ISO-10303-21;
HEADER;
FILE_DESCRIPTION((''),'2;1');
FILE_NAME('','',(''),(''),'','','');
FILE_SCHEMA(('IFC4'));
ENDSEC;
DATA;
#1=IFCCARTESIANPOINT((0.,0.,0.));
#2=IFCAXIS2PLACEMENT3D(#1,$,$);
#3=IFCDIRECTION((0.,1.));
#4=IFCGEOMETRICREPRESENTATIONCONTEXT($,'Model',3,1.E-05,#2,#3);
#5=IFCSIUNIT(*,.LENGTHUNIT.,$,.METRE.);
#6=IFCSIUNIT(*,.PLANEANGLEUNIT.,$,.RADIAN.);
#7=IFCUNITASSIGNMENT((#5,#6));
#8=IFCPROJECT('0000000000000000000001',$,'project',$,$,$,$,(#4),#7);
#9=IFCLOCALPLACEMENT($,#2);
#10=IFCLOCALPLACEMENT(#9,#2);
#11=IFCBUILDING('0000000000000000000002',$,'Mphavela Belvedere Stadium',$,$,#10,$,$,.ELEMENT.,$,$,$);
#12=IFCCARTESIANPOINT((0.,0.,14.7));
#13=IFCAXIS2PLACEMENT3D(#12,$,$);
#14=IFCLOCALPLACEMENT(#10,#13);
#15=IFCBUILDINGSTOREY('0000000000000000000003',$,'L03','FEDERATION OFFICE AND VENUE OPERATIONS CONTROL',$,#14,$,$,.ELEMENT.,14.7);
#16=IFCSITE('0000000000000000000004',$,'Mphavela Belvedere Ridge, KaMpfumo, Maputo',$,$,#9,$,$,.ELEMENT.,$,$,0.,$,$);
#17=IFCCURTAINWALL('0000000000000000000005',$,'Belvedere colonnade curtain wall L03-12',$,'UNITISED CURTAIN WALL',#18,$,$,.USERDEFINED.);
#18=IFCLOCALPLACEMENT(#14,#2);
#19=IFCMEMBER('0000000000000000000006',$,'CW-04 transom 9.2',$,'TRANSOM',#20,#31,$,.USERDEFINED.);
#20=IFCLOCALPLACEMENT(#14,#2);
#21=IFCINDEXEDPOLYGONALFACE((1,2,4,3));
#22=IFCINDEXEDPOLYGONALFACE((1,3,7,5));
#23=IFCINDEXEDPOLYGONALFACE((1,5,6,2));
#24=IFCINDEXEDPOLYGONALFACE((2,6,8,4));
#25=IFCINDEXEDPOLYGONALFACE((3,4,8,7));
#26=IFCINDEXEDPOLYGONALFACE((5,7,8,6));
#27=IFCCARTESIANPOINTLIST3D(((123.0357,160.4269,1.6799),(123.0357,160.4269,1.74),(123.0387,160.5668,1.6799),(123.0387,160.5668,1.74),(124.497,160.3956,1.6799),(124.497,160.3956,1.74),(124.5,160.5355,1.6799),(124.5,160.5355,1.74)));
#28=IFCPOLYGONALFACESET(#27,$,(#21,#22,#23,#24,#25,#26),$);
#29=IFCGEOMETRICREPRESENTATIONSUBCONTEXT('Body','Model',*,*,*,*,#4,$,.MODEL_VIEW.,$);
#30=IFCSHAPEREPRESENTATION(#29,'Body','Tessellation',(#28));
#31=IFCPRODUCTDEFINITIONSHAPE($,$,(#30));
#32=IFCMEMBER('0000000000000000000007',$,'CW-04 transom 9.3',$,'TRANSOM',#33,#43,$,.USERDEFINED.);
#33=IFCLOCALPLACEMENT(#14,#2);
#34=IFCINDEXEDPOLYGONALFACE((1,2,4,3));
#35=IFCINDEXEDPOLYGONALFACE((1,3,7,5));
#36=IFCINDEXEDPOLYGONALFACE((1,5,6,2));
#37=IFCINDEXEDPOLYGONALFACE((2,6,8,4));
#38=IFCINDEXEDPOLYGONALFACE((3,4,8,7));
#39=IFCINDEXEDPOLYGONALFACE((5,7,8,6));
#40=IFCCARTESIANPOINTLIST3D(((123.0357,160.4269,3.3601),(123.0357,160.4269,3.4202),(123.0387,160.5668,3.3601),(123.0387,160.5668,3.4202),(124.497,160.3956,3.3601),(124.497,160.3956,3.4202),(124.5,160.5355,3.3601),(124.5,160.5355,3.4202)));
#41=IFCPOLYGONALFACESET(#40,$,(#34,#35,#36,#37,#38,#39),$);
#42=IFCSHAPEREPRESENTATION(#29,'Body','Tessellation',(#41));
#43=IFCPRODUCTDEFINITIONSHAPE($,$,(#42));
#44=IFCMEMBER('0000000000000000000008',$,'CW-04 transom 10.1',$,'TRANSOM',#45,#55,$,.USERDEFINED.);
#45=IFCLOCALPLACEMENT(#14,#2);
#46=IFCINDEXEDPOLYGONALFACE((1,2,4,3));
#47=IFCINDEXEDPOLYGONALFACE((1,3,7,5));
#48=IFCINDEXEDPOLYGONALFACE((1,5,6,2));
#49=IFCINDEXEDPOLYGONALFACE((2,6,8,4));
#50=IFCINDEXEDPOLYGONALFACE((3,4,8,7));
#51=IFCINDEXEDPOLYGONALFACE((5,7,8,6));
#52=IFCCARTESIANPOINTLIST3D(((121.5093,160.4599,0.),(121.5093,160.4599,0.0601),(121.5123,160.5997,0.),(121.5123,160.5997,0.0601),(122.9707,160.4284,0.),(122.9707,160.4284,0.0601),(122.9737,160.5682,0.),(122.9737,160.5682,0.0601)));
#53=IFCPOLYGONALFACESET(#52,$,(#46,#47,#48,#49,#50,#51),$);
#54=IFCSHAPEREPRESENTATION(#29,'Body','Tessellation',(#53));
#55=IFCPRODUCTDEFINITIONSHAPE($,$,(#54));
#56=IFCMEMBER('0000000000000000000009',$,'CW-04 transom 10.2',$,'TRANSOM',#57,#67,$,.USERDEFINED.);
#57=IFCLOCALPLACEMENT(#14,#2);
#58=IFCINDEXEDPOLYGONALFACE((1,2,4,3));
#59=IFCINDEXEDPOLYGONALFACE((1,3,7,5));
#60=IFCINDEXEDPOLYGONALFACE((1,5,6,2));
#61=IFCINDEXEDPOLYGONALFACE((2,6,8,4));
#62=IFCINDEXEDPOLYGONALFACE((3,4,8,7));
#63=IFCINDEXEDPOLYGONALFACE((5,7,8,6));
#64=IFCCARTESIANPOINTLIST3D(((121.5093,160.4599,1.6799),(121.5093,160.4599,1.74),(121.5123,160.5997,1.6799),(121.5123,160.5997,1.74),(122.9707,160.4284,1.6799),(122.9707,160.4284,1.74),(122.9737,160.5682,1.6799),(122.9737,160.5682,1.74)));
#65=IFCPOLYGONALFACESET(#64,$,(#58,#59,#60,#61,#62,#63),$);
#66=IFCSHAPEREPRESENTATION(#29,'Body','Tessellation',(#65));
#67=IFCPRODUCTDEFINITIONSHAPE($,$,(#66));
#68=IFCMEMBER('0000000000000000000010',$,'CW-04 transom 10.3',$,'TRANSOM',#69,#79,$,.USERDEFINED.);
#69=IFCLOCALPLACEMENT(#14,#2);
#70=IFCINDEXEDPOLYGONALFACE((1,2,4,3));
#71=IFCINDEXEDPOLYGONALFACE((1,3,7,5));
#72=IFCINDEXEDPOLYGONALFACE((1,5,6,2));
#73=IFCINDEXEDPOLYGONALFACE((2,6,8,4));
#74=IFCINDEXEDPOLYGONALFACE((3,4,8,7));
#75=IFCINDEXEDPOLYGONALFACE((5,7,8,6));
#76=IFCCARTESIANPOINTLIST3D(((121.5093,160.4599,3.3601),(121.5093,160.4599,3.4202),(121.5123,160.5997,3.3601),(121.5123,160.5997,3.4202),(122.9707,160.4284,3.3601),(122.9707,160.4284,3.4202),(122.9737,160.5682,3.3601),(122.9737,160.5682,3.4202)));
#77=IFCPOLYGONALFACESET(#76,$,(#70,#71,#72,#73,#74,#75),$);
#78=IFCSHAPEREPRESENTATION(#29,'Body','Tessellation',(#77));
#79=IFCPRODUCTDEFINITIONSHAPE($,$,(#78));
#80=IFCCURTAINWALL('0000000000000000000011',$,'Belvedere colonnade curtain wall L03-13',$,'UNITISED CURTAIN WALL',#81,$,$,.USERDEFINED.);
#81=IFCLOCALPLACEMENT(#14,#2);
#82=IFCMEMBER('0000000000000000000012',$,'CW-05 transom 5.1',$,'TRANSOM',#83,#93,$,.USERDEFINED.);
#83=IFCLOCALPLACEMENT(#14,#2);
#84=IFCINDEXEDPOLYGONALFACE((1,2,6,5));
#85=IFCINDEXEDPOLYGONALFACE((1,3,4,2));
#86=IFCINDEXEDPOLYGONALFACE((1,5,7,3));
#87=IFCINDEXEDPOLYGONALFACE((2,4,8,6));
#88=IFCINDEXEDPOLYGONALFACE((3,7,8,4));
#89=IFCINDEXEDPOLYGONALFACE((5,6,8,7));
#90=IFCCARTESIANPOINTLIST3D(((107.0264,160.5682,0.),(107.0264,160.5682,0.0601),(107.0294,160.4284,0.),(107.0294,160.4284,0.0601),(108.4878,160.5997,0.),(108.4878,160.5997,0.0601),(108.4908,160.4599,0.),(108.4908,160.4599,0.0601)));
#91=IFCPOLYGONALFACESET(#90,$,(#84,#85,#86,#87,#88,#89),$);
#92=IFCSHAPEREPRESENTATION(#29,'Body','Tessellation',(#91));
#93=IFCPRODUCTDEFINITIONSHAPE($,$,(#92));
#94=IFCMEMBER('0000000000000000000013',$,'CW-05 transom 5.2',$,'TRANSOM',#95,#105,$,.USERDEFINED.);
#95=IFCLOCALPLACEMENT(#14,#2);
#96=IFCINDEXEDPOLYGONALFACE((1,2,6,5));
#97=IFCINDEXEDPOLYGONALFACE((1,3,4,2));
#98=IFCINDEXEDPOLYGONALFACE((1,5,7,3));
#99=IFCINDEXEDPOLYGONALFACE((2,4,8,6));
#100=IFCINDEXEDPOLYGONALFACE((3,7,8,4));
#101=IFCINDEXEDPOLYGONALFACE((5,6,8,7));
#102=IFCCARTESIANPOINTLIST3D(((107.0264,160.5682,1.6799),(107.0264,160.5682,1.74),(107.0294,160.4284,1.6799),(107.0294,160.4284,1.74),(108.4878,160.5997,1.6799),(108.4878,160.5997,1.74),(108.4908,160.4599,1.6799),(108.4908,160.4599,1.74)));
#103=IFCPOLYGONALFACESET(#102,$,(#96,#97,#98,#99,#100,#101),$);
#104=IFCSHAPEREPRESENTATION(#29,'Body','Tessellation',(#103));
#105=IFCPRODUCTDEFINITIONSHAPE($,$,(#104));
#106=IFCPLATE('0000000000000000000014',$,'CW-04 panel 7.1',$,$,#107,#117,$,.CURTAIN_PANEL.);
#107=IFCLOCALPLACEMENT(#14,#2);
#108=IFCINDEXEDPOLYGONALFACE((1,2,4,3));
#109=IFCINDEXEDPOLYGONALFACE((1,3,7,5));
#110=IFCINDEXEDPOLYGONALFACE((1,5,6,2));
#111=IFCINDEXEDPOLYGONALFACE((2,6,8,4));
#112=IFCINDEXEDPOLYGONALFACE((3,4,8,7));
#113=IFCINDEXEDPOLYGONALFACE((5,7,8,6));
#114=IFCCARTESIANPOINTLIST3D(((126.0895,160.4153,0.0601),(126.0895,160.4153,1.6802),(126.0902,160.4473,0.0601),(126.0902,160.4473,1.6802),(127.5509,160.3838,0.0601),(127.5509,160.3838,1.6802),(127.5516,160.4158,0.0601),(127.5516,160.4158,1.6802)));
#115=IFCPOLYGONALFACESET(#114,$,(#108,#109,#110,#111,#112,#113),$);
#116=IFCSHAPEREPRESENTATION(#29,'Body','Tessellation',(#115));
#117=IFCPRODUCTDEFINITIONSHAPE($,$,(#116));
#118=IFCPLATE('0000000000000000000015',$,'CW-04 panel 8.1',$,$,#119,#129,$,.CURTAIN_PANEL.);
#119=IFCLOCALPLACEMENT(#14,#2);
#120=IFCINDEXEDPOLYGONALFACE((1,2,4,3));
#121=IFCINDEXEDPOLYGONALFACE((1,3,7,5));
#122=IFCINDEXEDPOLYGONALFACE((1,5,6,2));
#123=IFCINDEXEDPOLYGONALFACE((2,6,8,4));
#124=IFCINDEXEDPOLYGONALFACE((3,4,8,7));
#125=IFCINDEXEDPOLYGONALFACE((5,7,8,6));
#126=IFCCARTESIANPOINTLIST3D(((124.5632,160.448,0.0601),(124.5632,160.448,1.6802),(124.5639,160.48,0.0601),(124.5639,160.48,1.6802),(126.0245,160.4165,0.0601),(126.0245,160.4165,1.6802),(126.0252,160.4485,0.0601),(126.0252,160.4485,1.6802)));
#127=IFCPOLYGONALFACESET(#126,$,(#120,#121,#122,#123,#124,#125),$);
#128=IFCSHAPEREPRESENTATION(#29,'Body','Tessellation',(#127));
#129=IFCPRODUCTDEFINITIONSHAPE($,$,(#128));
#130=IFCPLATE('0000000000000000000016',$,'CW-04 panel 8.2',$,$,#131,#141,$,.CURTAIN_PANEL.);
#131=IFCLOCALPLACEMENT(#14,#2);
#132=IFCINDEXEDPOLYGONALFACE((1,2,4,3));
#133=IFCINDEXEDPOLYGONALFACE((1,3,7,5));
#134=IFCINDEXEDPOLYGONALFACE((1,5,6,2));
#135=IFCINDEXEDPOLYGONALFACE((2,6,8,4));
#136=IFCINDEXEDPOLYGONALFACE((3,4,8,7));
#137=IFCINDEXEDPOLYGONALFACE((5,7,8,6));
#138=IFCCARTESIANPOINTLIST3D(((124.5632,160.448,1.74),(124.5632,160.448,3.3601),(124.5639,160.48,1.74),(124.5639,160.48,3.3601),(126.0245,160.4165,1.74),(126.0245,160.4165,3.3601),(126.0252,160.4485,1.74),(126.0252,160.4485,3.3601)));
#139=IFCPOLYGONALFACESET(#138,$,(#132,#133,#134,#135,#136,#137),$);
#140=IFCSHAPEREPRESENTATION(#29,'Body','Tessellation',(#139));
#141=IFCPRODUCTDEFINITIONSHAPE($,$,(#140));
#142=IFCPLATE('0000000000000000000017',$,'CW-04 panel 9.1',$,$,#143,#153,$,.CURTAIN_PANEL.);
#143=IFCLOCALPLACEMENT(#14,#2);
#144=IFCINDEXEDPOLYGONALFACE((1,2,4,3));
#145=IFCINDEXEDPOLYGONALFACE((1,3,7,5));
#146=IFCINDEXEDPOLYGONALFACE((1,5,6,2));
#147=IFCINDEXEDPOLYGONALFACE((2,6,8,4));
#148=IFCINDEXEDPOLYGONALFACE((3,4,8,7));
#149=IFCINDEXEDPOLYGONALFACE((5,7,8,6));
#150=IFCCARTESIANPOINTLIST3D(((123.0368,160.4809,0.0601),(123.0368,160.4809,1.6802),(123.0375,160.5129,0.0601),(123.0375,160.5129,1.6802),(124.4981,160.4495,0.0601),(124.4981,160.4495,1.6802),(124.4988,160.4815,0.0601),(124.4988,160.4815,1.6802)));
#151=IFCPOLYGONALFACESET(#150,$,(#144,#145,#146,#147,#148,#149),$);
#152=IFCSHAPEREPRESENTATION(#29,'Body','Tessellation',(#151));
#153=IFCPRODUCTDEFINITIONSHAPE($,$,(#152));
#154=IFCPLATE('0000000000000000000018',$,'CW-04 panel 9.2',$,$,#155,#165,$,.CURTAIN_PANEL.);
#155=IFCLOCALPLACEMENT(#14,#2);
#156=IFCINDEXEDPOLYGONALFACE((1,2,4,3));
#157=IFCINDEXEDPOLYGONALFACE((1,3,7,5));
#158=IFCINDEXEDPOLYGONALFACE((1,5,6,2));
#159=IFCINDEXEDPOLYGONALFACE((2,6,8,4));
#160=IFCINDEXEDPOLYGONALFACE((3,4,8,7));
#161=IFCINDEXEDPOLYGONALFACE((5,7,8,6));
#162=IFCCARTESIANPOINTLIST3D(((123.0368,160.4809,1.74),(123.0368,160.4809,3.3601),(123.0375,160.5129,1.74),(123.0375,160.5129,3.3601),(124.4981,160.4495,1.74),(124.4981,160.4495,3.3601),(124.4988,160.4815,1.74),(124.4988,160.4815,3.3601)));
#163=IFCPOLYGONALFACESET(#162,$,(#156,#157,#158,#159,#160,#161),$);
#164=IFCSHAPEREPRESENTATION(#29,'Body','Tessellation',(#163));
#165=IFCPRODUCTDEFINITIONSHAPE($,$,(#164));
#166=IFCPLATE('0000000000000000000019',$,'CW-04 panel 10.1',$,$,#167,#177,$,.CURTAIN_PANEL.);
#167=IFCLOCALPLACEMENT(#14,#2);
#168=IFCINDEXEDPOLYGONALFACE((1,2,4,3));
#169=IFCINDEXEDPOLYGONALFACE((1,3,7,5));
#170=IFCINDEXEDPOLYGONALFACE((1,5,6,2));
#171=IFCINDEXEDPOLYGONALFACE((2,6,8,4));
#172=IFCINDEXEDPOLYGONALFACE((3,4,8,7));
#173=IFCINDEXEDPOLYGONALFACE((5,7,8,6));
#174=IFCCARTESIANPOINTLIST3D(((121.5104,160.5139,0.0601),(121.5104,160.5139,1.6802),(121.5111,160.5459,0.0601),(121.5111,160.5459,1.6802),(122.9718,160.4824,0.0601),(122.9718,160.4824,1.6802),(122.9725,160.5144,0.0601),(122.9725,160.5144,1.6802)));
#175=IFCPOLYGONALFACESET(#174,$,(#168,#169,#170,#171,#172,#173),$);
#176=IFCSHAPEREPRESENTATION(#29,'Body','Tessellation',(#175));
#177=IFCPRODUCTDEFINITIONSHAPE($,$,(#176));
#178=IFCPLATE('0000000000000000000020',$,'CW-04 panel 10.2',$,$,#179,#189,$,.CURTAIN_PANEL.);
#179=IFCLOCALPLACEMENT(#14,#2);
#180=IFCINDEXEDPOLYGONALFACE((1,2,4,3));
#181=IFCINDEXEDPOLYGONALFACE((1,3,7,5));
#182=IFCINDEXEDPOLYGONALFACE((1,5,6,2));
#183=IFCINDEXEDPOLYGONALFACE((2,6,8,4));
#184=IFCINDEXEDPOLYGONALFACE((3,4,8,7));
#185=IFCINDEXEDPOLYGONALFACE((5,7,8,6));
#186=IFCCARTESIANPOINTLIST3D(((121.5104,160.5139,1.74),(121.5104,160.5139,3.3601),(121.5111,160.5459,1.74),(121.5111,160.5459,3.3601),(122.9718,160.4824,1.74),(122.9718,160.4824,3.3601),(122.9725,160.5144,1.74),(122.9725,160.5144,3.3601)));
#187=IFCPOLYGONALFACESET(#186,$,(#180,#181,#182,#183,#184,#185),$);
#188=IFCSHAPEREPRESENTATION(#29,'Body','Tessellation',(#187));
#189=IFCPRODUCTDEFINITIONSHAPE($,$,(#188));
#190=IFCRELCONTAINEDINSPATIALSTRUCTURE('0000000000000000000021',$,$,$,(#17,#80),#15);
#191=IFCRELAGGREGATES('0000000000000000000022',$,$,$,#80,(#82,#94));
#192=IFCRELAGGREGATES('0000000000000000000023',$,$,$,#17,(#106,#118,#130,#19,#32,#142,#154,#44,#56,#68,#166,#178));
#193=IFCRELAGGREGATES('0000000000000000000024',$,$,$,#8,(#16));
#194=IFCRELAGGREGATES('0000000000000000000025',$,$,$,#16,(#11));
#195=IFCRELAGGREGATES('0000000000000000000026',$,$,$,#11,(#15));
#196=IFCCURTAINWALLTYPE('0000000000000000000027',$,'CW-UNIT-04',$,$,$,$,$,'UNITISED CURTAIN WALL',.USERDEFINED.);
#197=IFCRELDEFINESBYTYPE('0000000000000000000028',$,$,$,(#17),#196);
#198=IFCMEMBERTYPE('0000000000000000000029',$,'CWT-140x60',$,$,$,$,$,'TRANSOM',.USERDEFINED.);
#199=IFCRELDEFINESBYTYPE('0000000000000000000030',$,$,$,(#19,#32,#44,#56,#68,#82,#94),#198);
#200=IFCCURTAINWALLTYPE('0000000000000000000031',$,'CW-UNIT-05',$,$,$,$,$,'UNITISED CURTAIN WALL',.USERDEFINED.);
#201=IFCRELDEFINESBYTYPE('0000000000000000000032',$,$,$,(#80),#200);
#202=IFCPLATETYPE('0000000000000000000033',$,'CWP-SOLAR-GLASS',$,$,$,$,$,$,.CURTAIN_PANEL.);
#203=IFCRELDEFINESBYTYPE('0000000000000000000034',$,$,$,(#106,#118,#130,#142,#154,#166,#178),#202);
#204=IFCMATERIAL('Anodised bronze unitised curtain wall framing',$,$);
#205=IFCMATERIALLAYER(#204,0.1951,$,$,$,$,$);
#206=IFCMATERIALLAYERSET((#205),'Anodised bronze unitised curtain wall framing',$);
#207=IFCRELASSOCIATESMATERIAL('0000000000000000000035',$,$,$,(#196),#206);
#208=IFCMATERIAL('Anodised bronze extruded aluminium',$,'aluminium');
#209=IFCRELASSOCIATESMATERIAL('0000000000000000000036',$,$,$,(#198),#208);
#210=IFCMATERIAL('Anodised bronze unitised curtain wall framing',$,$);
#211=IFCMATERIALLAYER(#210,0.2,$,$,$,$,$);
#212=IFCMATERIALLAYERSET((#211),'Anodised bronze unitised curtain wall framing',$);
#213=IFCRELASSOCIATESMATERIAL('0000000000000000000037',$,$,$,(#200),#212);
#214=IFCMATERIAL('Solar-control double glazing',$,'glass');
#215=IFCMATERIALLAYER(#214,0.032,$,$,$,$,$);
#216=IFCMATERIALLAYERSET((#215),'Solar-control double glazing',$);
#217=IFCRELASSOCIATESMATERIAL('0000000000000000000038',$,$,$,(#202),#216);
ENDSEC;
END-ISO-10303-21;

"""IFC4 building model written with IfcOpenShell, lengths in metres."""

from ifc_helpers import new_model, si_unit, direction, frame, origin, origin_2d, place, context, subcontext, project, spatial, rectangle, extrude, material, layer, layer_set, material_profile, profile_set, type_object, element, aggregate, save


model = new_model("IFC4")

# Units and contexts
model_context = context("Model", 3, precision=1e-05, world=origin(), true_north=direction((0.0, 1.0)))
body_context = subcontext(model_context, "Body", "Model", "MODEL_VIEW")
ifc_project = project(units=[si_unit("LENGTHUNIT", "METRE"), si_unit("PLANEANGLEUNIT", "RADIAN")], contexts=[model_context])

# Site, building, storey
site_placement = place(None, origin())
site = spatial("IfcSite", under=ifc_project, at=site_placement, Name="Mphavela Belvedere Ridge, KaMpfumo, Maputo", CompositionType="ELEMENT", RefElevation=0.0)
building_placement = place(site_placement, origin())
building = spatial("IfcBuilding", under=site, at=building_placement, Name="Mphavela Belvedere Stadium", CompositionType="ELEMENT")
storey_placement = place(building_placement, frame((0.0, 0.0, 14.7)))
storey = spatial("IfcBuildingStorey", under=building, at=storey_placement, Name="L03", Description="FEDERATION OFFICE AND VENUE OPERATIONS CONTROL", CompositionType="ELEMENT", Elevation=14.7)

# Curtain walls, members
ifc_material_1 = material(Name="Anodised bronze unitised curtain wall framing")
ifc_layer_1 = layer(ifc_material_1, 0.1951)
ifc_layer_set_1 = layer_set([ifc_layer_1], Name="Anodised bronze unitised curtain wall framing")
curtain_wall_type_1 = type_object("IfcCurtainWallType", Name="CW-UNIT-04", ElementType="UNITISED CURTAIN WALL", PredefinedType="USERDEFINED", material=ifc_layer_set_1)
curtain_wall_1_placement = place(storey_placement, origin())
curtain_wall_1 = element("IfcCurtainWall", 1, at=curtain_wall_1_placement, inside=storey, type_object=curtain_wall_type_1, Name="Belvedere colonnade curtain wall L03-12", ObjectType="UNITISED CURTAIN WALL", PredefinedType="USERDEFINED")
ifc_material_2 = material(Name="Anodised bronze extruded aluminium", Category="aluminium")
ifc_material_profile_1 = material_profile(ifc_material_2, rectangle(XDim=0.1399, YDim=0.0601, at=origin_2d()), Name="CW-TRN 140x60")
ifc_profile_set_1 = profile_set([ifc_material_profile_1], Name="Anodised bronze extruded aluminium")
member_type_1 = type_object("IfcMemberType", Name="CWT-140x60", ElementType="TRANSOM", PredefinedType="USERDEFINED", material=ifc_profile_set_1)
member_1_placement = place(storey_placement, frame((124.4985, 160.4656, 1.71), z_axis=(-0.999771, 0.021378, 0.0), x_axis=(-0.021378, -0.999771, 0.0)))
member_1 = element("IfcMember", 2, at=member_1_placement, type_object=member_type_1, Name="CW-04 transom 9.2", ObjectType="TRANSOM", PredefinedType="USERDEFINED", context=body_context, shape_type="SweptSolid", body=[
    extrude(rectangle(XDim=0.1399, YDim=0.0601, at=origin_2d()), origin(), (0.0, 0.0, 1.0), 1.4617),
])
member_2_placement = place(storey_placement, frame((124.4985, 160.4656, 3.3901), z_axis=(-0.999771, 0.021378, 0.0), x_axis=(-0.021378, -0.999771, 0.0)))
member_2 = element("IfcMember", 3, at=member_2_placement, type_object=member_type_1, Name="CW-04 transom 9.3", ObjectType="TRANSOM", PredefinedType="USERDEFINED", context=body_context, shape_type="SweptSolid", body=[
    extrude(rectangle(XDim=0.1399, YDim=0.0601, at=origin_2d()), origin(), (0.0, 0.0, 1.0), 1.4617),
])
member_3_placement = place(storey_placement, frame((122.9722, 160.4983, 0.03), z_axis=(-0.999768, 0.021545, 0.0), x_axis=(-0.021545, -0.999768, 0.0)))
member_3 = element("IfcMember", 4, at=member_3_placement, type_object=member_type_1, Name="CW-04 transom 10.1", ObjectType="TRANSOM", PredefinedType="USERDEFINED", context=body_context, shape_type="SweptSolid", body=[
    extrude(rectangle(XDim=0.1399, YDim=0.0601, at=origin_2d()), origin(), (0.0, 0.0, 1.0), 1.4617),
])
member_4_placement = place(storey_placement, frame((122.9722, 160.4983, 1.71), z_axis=(-0.999768, 0.021545, 0.0), x_axis=(-0.021545, -0.999768, 0.0)))
member_4 = element("IfcMember", 5, at=member_4_placement, type_object=member_type_1, Name="CW-04 transom 10.2", ObjectType="TRANSOM", PredefinedType="USERDEFINED", context=body_context, shape_type="SweptSolid", body=[
    extrude(rectangle(XDim=0.1399, YDim=0.0601, at=origin_2d()), origin(), (0.0, 0.0, 1.0), 1.4617),
])
member_5_placement = place(storey_placement, frame((122.9722, 160.4983, 3.3901), z_axis=(-0.999768, 0.021545, 0.0), x_axis=(-0.021545, -0.999768, 0.0)))
member_5 = element("IfcMember", 6, at=member_5_placement, type_object=member_type_1, Name="CW-04 transom 10.3", ObjectType="TRANSOM", PredefinedType="USERDEFINED", context=body_context, shape_type="SweptSolid", body=[
    extrude(rectangle(XDim=0.1399, YDim=0.0601, at=origin_2d()), origin(), (0.0, 0.0, 1.0), 1.4617),
])
ifc_material_3 = material(Name="Anodised bronze unitised curtain wall framing")
ifc_layer_2 = layer(ifc_material_3, 0.2)
ifc_layer_set_2 = layer_set([ifc_layer_2], Name="Anodised bronze unitised curtain wall framing")
curtain_wall_type_2 = type_object("IfcCurtainWallType", Name="CW-UNIT-05", ElementType="UNITISED CURTAIN WALL", PredefinedType="USERDEFINED", material=ifc_layer_set_2)
curtain_wall_2_placement = place(storey_placement, origin())
curtain_wall_2 = element("IfcCurtainWall", 7, at=curtain_wall_2_placement, inside=storey, type_object=curtain_wall_type_2, Name="Belvedere colonnade curtain wall L03-13", ObjectType="UNITISED CURTAIN WALL", PredefinedType="USERDEFINED")
member_6_placement = place(storey_placement, frame((108.4893, 160.5298, 0.03), z_axis=(-0.999768, -0.021545, 0.0), x_axis=(0.021545, -0.999768, 0.0)))
member_6 = element("IfcMember", 8, at=member_6_placement, type_object=member_type_1, Name="CW-05 transom 5.1", ObjectType="TRANSOM", PredefinedType="USERDEFINED", context=body_context, shape_type="SweptSolid", body=[
    extrude(rectangle(XDim=0.1399, YDim=0.0601, at=origin_2d()), origin(), (0.0, 0.0, 1.0), 1.4617),
])
member_7_placement = place(storey_placement, frame((108.4893, 160.5298, 1.71), z_axis=(-0.999768, -0.021545, 0.0), x_axis=(0.021545, -0.999768, 0.0)))
member_7 = element("IfcMember", 9, at=member_7_placement, type_object=member_type_1, Name="CW-05 transom 5.2", ObjectType="TRANSOM", PredefinedType="USERDEFINED", context=body_context, shape_type="SweptSolid", body=[
    extrude(rectangle(XDim=0.1399, YDim=0.0601, at=origin_2d()), origin(), (0.0, 0.0, 1.0), 1.4617),
])
aggregate(curtain_wall_2, [member_6, member_7])

# Plates
ifc_material_4 = material(Name="Solar-control double glazing", Category="glass")
ifc_layer_3 = layer(ifc_material_4, 0.032)
ifc_layer_set_3 = layer_set([ifc_layer_3], Name="Solar-control double glazing")
plate_type = type_object("IfcPlateType", Name="CWP-SOLAR-GLASS", PredefinedType="CURTAIN_PANEL", material=ifc_layer_set_3)
plate_1_placement = place(storey_placement, frame((126.8206, 160.4155, 0.0601), z_axis=(0.0, 0.0, 1.0), x_axis=(-0.999768, 0.021531, 0.0)))
plate_1 = element("IfcPlate", 10, at=plate_1_placement, type_object=plate_type, Name="CW-04 panel 7.1", PredefinedType="CURTAIN_PANEL", context=body_context, shape_type="SweptSolid", body=[
    extrude(rectangle(XDim=1.4617, YDim=0.032, at=origin_2d()), origin(), (0.0, 0.0, 1.0), 1.6201),
])
plate_2_placement = place(storey_placement, frame((125.2942, 160.4482, 0.0601), z_axis=(0.0, 0.0, 1.0), x_axis=(-0.999768, 0.021531, 0.0)))
plate_2 = element("IfcPlate", 11, at=plate_2_placement, type_object=plate_type, Name="CW-04 panel 8.1", PredefinedType="CURTAIN_PANEL", context=body_context, shape_type="SweptSolid", body=[
    extrude(rectangle(XDim=1.4617, YDim=0.032, at=origin_2d()), origin(), (0.0, 0.0, 1.0), 1.6201),
])
plate_3_placement = place(storey_placement, frame((125.2942, 160.4482, 1.74), z_axis=(0.0, 0.0, 1.0), x_axis=(-0.999768, 0.021531, 0.0)))
plate_3 = element("IfcPlate", 12, at=plate_3_placement, type_object=plate_type, Name="CW-04 panel 8.2", PredefinedType="CURTAIN_PANEL", context=body_context, shape_type="SweptSolid", body=[
    extrude(rectangle(XDim=1.4617, YDim=0.032, at=origin_2d()), origin(), (0.0, 0.0, 1.0), 1.6201),
])
plate_4_placement = place(storey_placement, frame((123.7678, 160.4812, 0.0601), z_axis=(0.0, 0.0, 1.0), x_axis=(-0.999768, 0.021531, 0.0)))
plate_4 = element("IfcPlate", 13, at=plate_4_placement, type_object=plate_type, Name="CW-04 panel 9.1", PredefinedType="CURTAIN_PANEL", context=body_context, shape_type="SweptSolid", body=[
    extrude(rectangle(XDim=1.4617, YDim=0.032, at=origin_2d()), origin(), (0.0, 0.0, 1.0), 1.6201),
])
plate_5_placement = place(storey_placement, frame((123.7678, 160.4812, 1.74), z_axis=(0.0, 0.0, 1.0), x_axis=(-0.999768, 0.021531, 0.0)))
plate_5 = element("IfcPlate", 14, at=plate_5_placement, type_object=plate_type, Name="CW-04 panel 9.2", PredefinedType="CURTAIN_PANEL", context=body_context, shape_type="SweptSolid", body=[
    extrude(rectangle(XDim=1.4617, YDim=0.032, at=origin_2d()), origin(), (0.0, 0.0, 1.0), 1.6201),
])
plate_6_placement = place(storey_placement, frame((122.2415, 160.5142, 0.0601), z_axis=(0.0, 0.0, 1.0), x_axis=(-0.999768, 0.021531, 0.0)))
plate_6 = element("IfcPlate", 15, at=plate_6_placement, type_object=plate_type, Name="CW-04 panel 10.1", PredefinedType="CURTAIN_PANEL", context=body_context, shape_type="SweptSolid", body=[
    extrude(rectangle(XDim=1.4617, YDim=0.032, at=origin_2d()), origin(), (0.0, 0.0, 1.0), 1.6201),
])
plate_7_placement = place(storey_placement, frame((122.2415, 160.5142, 1.74), z_axis=(0.0, 0.0, 1.0), x_axis=(-0.999768, 0.021531, 0.0)))
plate_7 = element("IfcPlate", 16, at=plate_7_placement, type_object=plate_type, Name="CW-04 panel 10.2", PredefinedType="CURTAIN_PANEL", context=body_context, shape_type="SweptSolid", body=[
    extrude(rectangle(XDim=1.4617, YDim=0.032, at=origin_2d()), origin(), (0.0, 0.0, 1.0), 1.6201),
])
aggregate(curtain_wall_1, [plate_1, plate_2, plate_3, member_1, member_2, plate_4, plate_5, member_3, member_4, member_5, plate_6, plate_7])

save(model, "model.ifc")
